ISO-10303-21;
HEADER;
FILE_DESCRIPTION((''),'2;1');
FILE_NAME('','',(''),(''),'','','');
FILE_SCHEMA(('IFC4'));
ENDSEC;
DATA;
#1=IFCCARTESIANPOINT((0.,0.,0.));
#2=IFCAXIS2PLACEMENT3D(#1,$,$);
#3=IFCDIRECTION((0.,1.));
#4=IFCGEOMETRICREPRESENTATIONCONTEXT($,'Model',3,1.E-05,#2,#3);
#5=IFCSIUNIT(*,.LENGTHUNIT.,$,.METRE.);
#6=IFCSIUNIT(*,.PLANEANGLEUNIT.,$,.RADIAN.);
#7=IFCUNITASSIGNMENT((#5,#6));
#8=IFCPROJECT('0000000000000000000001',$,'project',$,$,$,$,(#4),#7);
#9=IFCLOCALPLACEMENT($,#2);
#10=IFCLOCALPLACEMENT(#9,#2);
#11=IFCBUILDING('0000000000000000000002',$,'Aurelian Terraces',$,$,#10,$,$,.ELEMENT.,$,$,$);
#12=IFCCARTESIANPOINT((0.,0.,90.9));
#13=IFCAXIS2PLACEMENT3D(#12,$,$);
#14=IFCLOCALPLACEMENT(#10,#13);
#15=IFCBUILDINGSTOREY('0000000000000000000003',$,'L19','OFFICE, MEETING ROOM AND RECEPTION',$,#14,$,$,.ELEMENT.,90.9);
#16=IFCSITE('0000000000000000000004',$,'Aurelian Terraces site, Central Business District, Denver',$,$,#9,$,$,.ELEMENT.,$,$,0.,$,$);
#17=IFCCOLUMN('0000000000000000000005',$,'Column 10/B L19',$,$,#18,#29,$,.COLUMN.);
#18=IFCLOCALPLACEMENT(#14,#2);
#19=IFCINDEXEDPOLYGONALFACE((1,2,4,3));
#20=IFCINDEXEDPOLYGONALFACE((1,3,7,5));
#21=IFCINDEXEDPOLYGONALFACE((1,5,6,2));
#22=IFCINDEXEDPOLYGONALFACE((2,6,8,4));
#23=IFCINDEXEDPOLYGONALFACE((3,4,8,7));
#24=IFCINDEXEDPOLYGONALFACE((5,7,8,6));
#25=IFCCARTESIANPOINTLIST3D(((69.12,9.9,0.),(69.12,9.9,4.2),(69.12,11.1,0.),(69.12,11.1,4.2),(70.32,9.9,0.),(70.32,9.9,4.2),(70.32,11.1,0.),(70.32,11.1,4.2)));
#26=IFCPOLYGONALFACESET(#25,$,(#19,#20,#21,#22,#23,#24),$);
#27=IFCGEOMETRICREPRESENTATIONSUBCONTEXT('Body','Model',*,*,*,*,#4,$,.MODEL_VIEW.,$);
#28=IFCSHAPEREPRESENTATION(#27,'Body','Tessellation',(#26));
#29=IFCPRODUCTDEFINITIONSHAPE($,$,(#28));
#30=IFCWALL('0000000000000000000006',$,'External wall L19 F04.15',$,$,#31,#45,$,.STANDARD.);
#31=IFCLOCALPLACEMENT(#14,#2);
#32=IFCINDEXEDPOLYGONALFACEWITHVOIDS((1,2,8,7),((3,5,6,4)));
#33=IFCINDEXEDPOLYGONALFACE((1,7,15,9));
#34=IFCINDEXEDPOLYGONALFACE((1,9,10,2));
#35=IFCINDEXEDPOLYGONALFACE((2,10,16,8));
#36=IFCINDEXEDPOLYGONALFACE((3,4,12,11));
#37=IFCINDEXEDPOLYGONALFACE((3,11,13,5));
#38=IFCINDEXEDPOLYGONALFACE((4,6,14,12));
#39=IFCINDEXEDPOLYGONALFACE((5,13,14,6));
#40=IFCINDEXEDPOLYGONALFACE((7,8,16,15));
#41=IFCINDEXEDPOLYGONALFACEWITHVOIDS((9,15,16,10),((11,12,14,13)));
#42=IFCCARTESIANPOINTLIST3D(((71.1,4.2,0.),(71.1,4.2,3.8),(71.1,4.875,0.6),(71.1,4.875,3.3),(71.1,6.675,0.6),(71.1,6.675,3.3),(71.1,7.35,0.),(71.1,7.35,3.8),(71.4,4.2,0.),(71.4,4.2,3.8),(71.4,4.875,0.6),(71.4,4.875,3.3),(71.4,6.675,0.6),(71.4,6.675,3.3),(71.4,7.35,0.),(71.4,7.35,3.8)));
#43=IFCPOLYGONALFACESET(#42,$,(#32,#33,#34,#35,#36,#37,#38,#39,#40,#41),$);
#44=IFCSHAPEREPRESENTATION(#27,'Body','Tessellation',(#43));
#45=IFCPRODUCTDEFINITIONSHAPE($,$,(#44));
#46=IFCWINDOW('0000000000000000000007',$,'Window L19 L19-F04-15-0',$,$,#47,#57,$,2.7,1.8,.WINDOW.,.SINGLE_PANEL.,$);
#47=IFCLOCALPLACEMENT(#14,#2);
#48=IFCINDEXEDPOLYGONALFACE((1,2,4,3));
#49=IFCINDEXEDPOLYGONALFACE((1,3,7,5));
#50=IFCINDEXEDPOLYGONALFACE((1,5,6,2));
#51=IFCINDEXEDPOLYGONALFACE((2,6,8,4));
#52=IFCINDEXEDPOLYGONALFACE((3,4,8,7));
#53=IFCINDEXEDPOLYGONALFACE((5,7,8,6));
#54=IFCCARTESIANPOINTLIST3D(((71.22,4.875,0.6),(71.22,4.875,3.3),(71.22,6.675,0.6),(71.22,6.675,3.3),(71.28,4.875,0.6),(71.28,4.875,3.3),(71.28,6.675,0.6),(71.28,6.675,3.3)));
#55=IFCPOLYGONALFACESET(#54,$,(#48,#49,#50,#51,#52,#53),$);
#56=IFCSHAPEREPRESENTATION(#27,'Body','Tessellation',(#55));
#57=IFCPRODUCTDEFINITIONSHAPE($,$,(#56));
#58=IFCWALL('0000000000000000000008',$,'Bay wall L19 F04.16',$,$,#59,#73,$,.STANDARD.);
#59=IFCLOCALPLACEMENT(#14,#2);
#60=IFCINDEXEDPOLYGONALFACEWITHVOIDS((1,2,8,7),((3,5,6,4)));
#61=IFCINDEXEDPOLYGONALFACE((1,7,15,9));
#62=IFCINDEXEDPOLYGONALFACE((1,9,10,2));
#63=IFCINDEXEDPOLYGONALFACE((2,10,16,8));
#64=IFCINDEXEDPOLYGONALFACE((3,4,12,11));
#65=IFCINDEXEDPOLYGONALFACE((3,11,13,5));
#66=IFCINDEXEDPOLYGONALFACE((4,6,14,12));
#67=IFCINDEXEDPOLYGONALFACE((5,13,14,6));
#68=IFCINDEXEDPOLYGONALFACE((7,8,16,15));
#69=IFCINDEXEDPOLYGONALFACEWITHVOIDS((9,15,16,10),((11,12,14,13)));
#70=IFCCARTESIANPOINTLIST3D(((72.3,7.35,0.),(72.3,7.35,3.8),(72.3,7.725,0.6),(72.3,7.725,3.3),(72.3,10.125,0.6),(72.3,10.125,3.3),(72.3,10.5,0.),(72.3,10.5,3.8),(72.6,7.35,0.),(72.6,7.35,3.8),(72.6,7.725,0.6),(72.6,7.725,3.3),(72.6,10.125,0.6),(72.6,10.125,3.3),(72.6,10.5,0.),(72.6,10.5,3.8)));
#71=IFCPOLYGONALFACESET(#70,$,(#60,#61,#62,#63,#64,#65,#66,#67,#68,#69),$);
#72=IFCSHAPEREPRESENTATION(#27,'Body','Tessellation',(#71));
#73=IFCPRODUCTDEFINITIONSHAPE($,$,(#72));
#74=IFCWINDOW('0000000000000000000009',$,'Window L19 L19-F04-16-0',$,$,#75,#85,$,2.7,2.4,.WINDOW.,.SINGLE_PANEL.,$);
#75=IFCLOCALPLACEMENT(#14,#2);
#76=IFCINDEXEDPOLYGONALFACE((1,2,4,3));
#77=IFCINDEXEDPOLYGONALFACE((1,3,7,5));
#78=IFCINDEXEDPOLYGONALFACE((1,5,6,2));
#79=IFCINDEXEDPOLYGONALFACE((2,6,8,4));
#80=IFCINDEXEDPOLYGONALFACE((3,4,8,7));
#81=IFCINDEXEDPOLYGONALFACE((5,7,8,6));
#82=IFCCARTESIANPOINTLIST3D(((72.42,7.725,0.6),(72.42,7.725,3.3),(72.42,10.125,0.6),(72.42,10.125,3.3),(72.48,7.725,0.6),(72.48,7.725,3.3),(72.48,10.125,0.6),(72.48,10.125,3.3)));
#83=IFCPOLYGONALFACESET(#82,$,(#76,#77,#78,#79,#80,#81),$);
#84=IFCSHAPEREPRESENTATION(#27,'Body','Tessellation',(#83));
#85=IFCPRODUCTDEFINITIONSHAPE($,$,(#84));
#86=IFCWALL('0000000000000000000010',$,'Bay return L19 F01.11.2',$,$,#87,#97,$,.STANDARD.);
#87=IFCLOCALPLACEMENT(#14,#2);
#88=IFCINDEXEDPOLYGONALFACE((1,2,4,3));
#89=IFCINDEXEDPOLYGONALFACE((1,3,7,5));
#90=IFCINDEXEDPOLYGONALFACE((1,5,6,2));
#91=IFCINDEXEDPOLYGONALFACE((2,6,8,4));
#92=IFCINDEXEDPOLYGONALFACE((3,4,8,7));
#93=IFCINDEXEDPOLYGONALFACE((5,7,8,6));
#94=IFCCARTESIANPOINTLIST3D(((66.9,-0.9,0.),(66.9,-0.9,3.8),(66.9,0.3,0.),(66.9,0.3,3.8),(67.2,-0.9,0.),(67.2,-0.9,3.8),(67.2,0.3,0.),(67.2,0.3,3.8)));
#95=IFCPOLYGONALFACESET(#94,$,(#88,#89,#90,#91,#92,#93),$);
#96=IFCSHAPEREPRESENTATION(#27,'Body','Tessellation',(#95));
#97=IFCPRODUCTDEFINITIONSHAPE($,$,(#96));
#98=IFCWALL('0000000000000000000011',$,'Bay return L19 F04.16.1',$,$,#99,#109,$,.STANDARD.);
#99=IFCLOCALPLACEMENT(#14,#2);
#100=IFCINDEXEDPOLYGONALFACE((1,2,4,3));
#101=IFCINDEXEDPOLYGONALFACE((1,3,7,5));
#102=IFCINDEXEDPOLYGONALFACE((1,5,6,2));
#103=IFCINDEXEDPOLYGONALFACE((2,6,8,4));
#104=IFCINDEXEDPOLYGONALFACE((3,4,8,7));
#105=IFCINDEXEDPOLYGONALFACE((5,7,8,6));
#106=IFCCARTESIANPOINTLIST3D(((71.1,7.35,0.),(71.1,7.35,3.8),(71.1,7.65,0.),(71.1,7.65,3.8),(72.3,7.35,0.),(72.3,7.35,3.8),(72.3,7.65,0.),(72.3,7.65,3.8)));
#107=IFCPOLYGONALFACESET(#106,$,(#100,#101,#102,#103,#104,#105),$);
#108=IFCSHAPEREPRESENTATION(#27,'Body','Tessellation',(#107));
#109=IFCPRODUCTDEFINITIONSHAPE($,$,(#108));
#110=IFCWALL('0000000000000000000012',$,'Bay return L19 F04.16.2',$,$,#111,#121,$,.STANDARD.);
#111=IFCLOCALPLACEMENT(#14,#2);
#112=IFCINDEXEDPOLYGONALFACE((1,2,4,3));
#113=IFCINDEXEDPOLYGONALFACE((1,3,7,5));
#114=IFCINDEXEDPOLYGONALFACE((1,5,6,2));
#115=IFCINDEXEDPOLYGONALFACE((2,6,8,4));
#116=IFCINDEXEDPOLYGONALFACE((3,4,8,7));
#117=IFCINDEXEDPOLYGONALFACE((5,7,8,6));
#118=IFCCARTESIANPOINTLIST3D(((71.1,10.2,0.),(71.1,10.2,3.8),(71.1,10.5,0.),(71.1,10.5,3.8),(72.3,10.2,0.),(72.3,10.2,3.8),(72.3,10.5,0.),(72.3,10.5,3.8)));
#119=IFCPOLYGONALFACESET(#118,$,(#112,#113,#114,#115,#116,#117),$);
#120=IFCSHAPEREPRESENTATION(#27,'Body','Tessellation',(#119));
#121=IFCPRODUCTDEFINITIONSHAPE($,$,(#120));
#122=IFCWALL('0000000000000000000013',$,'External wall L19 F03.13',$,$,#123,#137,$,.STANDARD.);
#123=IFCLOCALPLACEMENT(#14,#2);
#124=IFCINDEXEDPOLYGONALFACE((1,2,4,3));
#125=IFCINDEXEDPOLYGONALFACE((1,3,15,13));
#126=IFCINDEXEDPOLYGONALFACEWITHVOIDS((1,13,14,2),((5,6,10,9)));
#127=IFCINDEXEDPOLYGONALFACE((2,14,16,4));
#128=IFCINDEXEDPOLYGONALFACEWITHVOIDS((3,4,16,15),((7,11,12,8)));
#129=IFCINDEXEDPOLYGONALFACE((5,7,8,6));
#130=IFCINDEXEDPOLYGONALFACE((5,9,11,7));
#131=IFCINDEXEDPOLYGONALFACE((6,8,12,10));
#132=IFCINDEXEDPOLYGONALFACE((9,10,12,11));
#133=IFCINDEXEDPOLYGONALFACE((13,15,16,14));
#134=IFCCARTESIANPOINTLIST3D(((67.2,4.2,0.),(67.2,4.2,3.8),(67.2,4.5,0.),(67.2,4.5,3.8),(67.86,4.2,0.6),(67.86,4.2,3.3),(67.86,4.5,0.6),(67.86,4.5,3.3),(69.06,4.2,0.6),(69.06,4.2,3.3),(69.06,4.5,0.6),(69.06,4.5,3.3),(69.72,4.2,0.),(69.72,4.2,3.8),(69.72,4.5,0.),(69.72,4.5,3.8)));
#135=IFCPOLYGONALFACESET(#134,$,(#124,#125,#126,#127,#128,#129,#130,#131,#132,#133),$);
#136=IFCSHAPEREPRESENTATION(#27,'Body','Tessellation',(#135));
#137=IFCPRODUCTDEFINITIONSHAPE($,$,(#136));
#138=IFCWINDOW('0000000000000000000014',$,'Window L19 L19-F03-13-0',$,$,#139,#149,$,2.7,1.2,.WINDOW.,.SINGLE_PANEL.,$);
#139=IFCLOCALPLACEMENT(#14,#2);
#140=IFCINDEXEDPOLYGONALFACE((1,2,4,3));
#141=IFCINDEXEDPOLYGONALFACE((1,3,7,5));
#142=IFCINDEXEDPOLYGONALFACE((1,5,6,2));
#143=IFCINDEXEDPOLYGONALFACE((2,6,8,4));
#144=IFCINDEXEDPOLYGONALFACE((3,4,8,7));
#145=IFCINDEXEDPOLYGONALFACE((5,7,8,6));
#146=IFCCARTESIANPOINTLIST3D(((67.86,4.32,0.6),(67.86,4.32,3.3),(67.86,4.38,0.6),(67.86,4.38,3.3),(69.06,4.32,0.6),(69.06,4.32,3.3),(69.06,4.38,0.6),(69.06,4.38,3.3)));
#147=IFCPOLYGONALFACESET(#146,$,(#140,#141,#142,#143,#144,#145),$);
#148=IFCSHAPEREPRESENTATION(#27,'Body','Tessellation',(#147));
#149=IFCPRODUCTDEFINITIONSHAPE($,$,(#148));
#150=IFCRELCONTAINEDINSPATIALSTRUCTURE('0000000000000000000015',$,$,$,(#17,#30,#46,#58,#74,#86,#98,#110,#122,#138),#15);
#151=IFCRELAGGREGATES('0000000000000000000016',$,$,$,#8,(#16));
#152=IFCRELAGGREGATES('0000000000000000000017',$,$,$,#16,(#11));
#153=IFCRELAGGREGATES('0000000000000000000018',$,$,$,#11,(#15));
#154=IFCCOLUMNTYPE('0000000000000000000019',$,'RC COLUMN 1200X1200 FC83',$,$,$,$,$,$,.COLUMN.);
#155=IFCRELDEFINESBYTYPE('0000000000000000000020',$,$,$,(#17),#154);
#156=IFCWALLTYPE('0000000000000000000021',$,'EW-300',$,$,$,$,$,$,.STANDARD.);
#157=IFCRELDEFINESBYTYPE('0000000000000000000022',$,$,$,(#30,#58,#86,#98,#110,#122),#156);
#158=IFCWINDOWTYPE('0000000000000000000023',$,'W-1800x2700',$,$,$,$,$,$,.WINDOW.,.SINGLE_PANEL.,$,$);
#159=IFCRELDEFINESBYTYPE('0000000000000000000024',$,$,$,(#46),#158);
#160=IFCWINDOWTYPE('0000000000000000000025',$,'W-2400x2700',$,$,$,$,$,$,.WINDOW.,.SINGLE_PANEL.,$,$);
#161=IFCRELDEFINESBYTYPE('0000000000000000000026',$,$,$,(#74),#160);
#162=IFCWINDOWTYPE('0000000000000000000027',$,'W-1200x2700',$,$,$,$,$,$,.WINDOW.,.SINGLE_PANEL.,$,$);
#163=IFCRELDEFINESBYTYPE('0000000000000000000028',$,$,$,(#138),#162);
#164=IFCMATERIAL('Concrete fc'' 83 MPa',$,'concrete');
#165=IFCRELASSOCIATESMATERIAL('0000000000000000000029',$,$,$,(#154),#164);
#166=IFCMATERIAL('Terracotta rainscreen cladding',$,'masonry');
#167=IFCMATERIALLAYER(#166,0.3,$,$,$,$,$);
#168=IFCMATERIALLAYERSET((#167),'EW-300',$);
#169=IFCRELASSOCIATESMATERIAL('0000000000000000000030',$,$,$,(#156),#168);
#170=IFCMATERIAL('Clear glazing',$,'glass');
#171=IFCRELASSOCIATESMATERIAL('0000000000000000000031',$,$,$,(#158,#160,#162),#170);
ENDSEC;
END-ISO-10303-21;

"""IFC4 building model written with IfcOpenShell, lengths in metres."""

from ifc_helpers import new_model, si_unit, direction, frame, frame_2d, origin, origin_2d, place, context, subcontext, project, spatial, rectangle, extrude, source, transform, mapped, material, layer, layer_set, material_profile, profile_set, type_object, element, fill, save


model = new_model("IFC4")

# Units and contexts
model_context = context("Model", 3, precision=1e-05, world=origin(), true_north=direction((0.0, 1.0)))
body_context = subcontext(model_context, "Body", "Model", "MODEL_VIEW")
ifc_project = project(units=[si_unit("LENGTHUNIT", "METRE"), si_unit("PLANEANGLEUNIT", "RADIAN")], contexts=[model_context])

# Site, building, storey
site_placement = place(None, origin())
site = spatial("IfcSite", under=ifc_project, at=site_placement, Name="Aurelian Terraces site, Central Business District, Denver", CompositionType="ELEMENT", RefElevation=0.0)
building_placement = place(site_placement, origin())
building = spatial("IfcBuilding", under=site, at=building_placement, Name="Aurelian Terraces", CompositionType="ELEMENT")
storey_placement = place(building_placement, frame((0.0, 0.0, 90.9)))
storey = spatial("IfcBuildingStorey", under=building, at=storey_placement, Name="L19", Description="OFFICE, MEETING ROOM AND RECEPTION", CompositionType="ELEMENT", Elevation=90.9)

# Column
ifc_material_1 = material(Name="Concrete fc' 83 MPa", Category="concrete")
ifc_material_profile = material_profile(ifc_material_1, rectangle(XDim=1.2, YDim=1.2, at=origin_2d()))
ifc_profile_set = profile_set([ifc_material_profile], Name="Concrete fc' 83 MPa")
column_type = type_object("IfcColumnType", Name="RC COLUMN 1200X1200 FC83", PredefinedType="COLUMN", material=ifc_profile_set)
shared_shape_1 = source(origin(), body_context, "Body", "SweptSolid", [
    extrude(rectangle(XDim=1.2, YDim=1.2, at=origin_2d()), origin(), (0.0, 0.0, 1.0), 4.2),
])
column_placement = place(storey_placement, frame((69.72, 10.5, 0.0), z_axis=(0.0, 0.0, 1.0), x_axis=(1.0, 0.0, 0.0)))
element("IfcColumn", 1, at=column_placement, inside=storey, type_object=column_type, Name="Column 10/B L19", PredefinedType="COLUMN", context=body_context, shape_type="MappedRepresentation", body=[
    mapped(shared_shape_1, transform((0.0, 0.0, 0.0), scale=1.0)),
])

# Walls, openings, windows
ifc_material_2 = material(Name="Terracotta rainscreen cladding", Category="masonry")
ifc_layer_1 = layer(ifc_material_2, 0.3)
ifc_layer_set_1 = layer_set([ifc_layer_1], Name="EW-300")
wall_type_1 = type_object("IfcWallType", Name="EW-300", PredefinedType="STANDARD", material=ifc_layer_set_1)
shared_shape_2 = source(origin(), body_context, "Body", "SweptSolid", [
    extrude(rectangle(XDim=3.15, YDim=0.3, at=frame_2d((1.575, 0.0))), origin(), (0.0, 0.0, 1.0), 3.8),
])
wall_1_placement = place(storey_placement, frame((71.25, 4.2, 0.0), z_axis=(0.0, 0.0, 1.0), x_axis=(0.0, 1.0, 0.0)))
wall_1 = element("IfcWall", 2, at=wall_1_placement, inside=storey, type_object=wall_type_1, Name="External wall L19 F04.15", PredefinedType="STANDARD", context=body_context, shape_type="MappedRepresentation", body=[
    mapped(shared_shape_2, transform((0.0, 0.0, 0.0), scale=1.0)),
])
shared_shape_3 = source(origin(), body_context, "Body", "SweptSolid", [
    extrude(rectangle(XDim=1.8, YDim=2.7, at=frame_2d((0.9, 1.35))), frame((0.0, 0.16, 0.0), z_axis=(0.0, -1.0, 0.0), x_axis=(1.0, 0.0, 0.0)), (0.0, 0.0, 1.0), 0.32),
])
opening_1_placement = place(wall_1_placement, frame((0.675, 0.0, 0.6)))
opening_1 = element("IfcOpeningElement", 3, at=opening_1_placement, cuts=wall_1, PredefinedType="OPENING", context=body_context, shape_type="MappedRepresentation", body=[
    mapped(shared_shape_3, transform((0.0, 0.0, 0.0), scale=1.0)),
])
ifc_material_3 = material(Name="Clear glazing", Category="glass")
window_type_1 = type_object("IfcWindowType", Name="W-1800x2700", PartitioningType="SINGLE_PANEL", PredefinedType="WINDOW", material=ifc_material_3)
shared_shape_4 = source(origin(), body_context, "Body", "SweptSolid", [
    extrude(rectangle(XDim=1.8, YDim=2.7, at=frame_2d((0.9, 1.35))), frame((0.0, 0.03, 0.0), z_axis=(0.0, -1.0, 0.0), x_axis=(1.0, 0.0, 0.0)), (0.0, 0.0, 1.0), 0.06),
])
window_1_placement = place(opening_1_placement, origin())
window_1 = element("IfcWindow", 4, at=window_1_placement, inside=storey, type_object=window_type_1, Name="Window L19 L19-F04-15-0", OverallHeight=2.7, OverallWidth=1.8, PartitioningType="SINGLE_PANEL", PredefinedType="WINDOW", context=body_context, shape_type="MappedRepresentation", body=[
    mapped(shared_shape_4, transform((0.0, 0.0, 0.0), scale=1.0)),
])
fill(opening_1, window_1)
wall_2_placement = place(storey_placement, frame((72.45, 7.35, 0.0), z_axis=(0.0, 0.0, 1.0), x_axis=(0.0, 1.0, 0.0)))
wall_2 = element("IfcWall", 5, at=wall_2_placement, inside=storey, type_object=wall_type_1, Name="Bay wall L19 F04.16", PredefinedType="STANDARD", context=body_context, shape_type="MappedRepresentation", body=[
    mapped(shared_shape_2, transform((0.0, 0.0, 0.0), scale=1.0)),
])
shared_shape_5 = source(origin(), body_context, "Body", "SweptSolid", [
    extrude(rectangle(XDim=2.4, YDim=2.7, at=frame_2d((1.2, 1.35))), frame((0.0, 0.16, 0.0), z_axis=(0.0, -1.0, 0.0), x_axis=(1.0, 0.0, 0.0)), (0.0, 0.0, 1.0), 0.32),
])
opening_2_placement = place(wall_2_placement, frame((0.375, 0.0, 0.6)))
opening_2 = element("IfcOpeningElement", 6, at=opening_2_placement, cuts=wall_2, PredefinedType="OPENING", context=body_context, shape_type="MappedRepresentation", body=[
    mapped(shared_shape_5, transform((0.0, 0.0, 0.0), scale=1.0)),
])
window_type_2 = type_object("IfcWindowType", Name="W-2400x2700", PartitioningType="SINGLE_PANEL", PredefinedType="WINDOW", material=ifc_material_3)
shared_shape_6 = source(origin(), body_context, "Body", "SweptSolid", [
    extrude(rectangle(XDim=2.4, YDim=2.7, at=frame_2d((1.2, 1.35))), frame((0.0, 0.03, 0.0), z_axis=(0.0, -1.0, 0.0), x_axis=(1.0, 0.0, 0.0)), (0.0, 0.0, 1.0), 0.06),
])
window_2_placement = place(opening_2_placement, origin())
window_2 = element("IfcWindow", 7, at=window_2_placement, inside=storey, type_object=window_type_2, Name="Window L19 L19-F04-16-0", OverallHeight=2.7, OverallWidth=2.4, PartitioningType="SINGLE_PANEL", PredefinedType="WINDOW", context=body_context, shape_type="MappedRepresentation", body=[
    mapped(shared_shape_6, transform((0.0, 0.0, 0.0), scale=1.0)),
])
fill(opening_2, window_2)

# Walls
shared_shape_7 = source(origin(), body_context, "Body", "SweptSolid", [
    extrude(rectangle(XDim=1.2, YDim=0.3, at=frame_2d((0.6, 0.0))), origin(), (0.0, 0.0, 1.0), 3.8),
])
for number, where, z_axis, x_axis, name in (
    (8, (67.05, 0.3, 0.0), (0.0, 0.0, 1.0), (0.0, -1.0, 0.0), "Bay return L19 F01.11.2"),
    (9, (71.1, 7.5, 0.0), (0.0, 0.0, 1.0), (1.0, 0.0, 0.0), "Bay return L19 F04.16.1"),
    (10, (71.1, 10.35, 0.0), (0.0, 0.0, 1.0), (1.0, 0.0, 0.0), "Bay return L19 F04.16.2"),
):
    element("IfcWall", number, at=place(storey_placement, frame(where, z_axis=z_axis, x_axis=x_axis)), inside=storey, type_object=wall_type_1, Name=name, PredefinedType="STANDARD", context=body_context, shape_type="MappedRepresentation", body=[
        mapped(shared_shape_7, transform((0.0, 0.0, 0.0), scale=1.0)),
    ])

# Wall, opening, window
shared_shape_8 = source(origin(), body_context, "Body", "SweptSolid", [
    extrude(rectangle(XDim=2.52, YDim=0.3, at=frame_2d((1.26, 0.0))), origin(), (0.0, 0.0, 1.0), 3.8),
])
wall_3_placement = place(storey_placement, frame((67.2, 4.35, 0.0), z_axis=(0.0, 0.0, 1.0), x_axis=(1.0, 0.0, 0.0)))
wall_3 = element("IfcWall", 11, at=wall_3_placement, inside=storey, type_object=wall_type_1, Name="External wall L19 F03.13", PredefinedType="STANDARD", context=body_context, shape_type="MappedRepresentation", body=[
    mapped(shared_shape_8, transform((0.0, 0.0, 0.0), scale=1.0)),
])
shared_shape_9 = source(origin(), body_context, "Body", "SweptSolid", [
    extrude(rectangle(XDim=1.2, YDim=2.7, at=frame_2d((0.6, 1.35))), frame((0.0, 0.16, 0.0), z_axis=(0.0, -1.0, 0.0), x_axis=(1.0, 0.0, 0.0)), (0.0, 0.0, 1.0), 0.32),
])
opening_3_placement = place(wall_3_placement, frame((0.66, 0.0, 0.6)))
opening_3 = element("IfcOpeningElement", 12, at=opening_3_placement, cuts=wall_3, PredefinedType="OPENING", context=body_context, shape_type="MappedRepresentation", body=[
    mapped(shared_shape_9, transform((0.0, 0.0, 0.0), scale=1.0)),
])
window_type_3 = type_object("IfcWindowType", Name="W-1200x2700", PartitioningType="SINGLE_PANEL", PredefinedType="WINDOW", material=ifc_material_3)
shared_shape_10 = source(origin(), body_context, "Body", "SweptSolid", [
    extrude(rectangle(XDim=1.2, YDim=2.7, at=frame_2d((0.6, 1.35))), frame((0.0, 0.03, 0.0), z_axis=(0.0, -1.0, 0.0), x_axis=(1.0, 0.0, 0.0)), (0.0, 0.0, 1.0), 0.06),
])
window_3_placement = place(opening_3_placement, origin())
window_3 = element("IfcWindow", 13, at=window_3_placement, inside=storey, type_object=window_type_3, Name="Window L19 L19-F03-13-0", OverallHeight=2.7, OverallWidth=1.2, PartitioningType="SINGLE_PANEL", PredefinedType="WINDOW", context=body_context, shape_type="MappedRepresentation", body=[
    mapped(shared_shape_10, transform((0.0, 0.0, 0.0), scale=1.0)),
])
fill(opening_3, window_3)

save(model, "model.ifc")
